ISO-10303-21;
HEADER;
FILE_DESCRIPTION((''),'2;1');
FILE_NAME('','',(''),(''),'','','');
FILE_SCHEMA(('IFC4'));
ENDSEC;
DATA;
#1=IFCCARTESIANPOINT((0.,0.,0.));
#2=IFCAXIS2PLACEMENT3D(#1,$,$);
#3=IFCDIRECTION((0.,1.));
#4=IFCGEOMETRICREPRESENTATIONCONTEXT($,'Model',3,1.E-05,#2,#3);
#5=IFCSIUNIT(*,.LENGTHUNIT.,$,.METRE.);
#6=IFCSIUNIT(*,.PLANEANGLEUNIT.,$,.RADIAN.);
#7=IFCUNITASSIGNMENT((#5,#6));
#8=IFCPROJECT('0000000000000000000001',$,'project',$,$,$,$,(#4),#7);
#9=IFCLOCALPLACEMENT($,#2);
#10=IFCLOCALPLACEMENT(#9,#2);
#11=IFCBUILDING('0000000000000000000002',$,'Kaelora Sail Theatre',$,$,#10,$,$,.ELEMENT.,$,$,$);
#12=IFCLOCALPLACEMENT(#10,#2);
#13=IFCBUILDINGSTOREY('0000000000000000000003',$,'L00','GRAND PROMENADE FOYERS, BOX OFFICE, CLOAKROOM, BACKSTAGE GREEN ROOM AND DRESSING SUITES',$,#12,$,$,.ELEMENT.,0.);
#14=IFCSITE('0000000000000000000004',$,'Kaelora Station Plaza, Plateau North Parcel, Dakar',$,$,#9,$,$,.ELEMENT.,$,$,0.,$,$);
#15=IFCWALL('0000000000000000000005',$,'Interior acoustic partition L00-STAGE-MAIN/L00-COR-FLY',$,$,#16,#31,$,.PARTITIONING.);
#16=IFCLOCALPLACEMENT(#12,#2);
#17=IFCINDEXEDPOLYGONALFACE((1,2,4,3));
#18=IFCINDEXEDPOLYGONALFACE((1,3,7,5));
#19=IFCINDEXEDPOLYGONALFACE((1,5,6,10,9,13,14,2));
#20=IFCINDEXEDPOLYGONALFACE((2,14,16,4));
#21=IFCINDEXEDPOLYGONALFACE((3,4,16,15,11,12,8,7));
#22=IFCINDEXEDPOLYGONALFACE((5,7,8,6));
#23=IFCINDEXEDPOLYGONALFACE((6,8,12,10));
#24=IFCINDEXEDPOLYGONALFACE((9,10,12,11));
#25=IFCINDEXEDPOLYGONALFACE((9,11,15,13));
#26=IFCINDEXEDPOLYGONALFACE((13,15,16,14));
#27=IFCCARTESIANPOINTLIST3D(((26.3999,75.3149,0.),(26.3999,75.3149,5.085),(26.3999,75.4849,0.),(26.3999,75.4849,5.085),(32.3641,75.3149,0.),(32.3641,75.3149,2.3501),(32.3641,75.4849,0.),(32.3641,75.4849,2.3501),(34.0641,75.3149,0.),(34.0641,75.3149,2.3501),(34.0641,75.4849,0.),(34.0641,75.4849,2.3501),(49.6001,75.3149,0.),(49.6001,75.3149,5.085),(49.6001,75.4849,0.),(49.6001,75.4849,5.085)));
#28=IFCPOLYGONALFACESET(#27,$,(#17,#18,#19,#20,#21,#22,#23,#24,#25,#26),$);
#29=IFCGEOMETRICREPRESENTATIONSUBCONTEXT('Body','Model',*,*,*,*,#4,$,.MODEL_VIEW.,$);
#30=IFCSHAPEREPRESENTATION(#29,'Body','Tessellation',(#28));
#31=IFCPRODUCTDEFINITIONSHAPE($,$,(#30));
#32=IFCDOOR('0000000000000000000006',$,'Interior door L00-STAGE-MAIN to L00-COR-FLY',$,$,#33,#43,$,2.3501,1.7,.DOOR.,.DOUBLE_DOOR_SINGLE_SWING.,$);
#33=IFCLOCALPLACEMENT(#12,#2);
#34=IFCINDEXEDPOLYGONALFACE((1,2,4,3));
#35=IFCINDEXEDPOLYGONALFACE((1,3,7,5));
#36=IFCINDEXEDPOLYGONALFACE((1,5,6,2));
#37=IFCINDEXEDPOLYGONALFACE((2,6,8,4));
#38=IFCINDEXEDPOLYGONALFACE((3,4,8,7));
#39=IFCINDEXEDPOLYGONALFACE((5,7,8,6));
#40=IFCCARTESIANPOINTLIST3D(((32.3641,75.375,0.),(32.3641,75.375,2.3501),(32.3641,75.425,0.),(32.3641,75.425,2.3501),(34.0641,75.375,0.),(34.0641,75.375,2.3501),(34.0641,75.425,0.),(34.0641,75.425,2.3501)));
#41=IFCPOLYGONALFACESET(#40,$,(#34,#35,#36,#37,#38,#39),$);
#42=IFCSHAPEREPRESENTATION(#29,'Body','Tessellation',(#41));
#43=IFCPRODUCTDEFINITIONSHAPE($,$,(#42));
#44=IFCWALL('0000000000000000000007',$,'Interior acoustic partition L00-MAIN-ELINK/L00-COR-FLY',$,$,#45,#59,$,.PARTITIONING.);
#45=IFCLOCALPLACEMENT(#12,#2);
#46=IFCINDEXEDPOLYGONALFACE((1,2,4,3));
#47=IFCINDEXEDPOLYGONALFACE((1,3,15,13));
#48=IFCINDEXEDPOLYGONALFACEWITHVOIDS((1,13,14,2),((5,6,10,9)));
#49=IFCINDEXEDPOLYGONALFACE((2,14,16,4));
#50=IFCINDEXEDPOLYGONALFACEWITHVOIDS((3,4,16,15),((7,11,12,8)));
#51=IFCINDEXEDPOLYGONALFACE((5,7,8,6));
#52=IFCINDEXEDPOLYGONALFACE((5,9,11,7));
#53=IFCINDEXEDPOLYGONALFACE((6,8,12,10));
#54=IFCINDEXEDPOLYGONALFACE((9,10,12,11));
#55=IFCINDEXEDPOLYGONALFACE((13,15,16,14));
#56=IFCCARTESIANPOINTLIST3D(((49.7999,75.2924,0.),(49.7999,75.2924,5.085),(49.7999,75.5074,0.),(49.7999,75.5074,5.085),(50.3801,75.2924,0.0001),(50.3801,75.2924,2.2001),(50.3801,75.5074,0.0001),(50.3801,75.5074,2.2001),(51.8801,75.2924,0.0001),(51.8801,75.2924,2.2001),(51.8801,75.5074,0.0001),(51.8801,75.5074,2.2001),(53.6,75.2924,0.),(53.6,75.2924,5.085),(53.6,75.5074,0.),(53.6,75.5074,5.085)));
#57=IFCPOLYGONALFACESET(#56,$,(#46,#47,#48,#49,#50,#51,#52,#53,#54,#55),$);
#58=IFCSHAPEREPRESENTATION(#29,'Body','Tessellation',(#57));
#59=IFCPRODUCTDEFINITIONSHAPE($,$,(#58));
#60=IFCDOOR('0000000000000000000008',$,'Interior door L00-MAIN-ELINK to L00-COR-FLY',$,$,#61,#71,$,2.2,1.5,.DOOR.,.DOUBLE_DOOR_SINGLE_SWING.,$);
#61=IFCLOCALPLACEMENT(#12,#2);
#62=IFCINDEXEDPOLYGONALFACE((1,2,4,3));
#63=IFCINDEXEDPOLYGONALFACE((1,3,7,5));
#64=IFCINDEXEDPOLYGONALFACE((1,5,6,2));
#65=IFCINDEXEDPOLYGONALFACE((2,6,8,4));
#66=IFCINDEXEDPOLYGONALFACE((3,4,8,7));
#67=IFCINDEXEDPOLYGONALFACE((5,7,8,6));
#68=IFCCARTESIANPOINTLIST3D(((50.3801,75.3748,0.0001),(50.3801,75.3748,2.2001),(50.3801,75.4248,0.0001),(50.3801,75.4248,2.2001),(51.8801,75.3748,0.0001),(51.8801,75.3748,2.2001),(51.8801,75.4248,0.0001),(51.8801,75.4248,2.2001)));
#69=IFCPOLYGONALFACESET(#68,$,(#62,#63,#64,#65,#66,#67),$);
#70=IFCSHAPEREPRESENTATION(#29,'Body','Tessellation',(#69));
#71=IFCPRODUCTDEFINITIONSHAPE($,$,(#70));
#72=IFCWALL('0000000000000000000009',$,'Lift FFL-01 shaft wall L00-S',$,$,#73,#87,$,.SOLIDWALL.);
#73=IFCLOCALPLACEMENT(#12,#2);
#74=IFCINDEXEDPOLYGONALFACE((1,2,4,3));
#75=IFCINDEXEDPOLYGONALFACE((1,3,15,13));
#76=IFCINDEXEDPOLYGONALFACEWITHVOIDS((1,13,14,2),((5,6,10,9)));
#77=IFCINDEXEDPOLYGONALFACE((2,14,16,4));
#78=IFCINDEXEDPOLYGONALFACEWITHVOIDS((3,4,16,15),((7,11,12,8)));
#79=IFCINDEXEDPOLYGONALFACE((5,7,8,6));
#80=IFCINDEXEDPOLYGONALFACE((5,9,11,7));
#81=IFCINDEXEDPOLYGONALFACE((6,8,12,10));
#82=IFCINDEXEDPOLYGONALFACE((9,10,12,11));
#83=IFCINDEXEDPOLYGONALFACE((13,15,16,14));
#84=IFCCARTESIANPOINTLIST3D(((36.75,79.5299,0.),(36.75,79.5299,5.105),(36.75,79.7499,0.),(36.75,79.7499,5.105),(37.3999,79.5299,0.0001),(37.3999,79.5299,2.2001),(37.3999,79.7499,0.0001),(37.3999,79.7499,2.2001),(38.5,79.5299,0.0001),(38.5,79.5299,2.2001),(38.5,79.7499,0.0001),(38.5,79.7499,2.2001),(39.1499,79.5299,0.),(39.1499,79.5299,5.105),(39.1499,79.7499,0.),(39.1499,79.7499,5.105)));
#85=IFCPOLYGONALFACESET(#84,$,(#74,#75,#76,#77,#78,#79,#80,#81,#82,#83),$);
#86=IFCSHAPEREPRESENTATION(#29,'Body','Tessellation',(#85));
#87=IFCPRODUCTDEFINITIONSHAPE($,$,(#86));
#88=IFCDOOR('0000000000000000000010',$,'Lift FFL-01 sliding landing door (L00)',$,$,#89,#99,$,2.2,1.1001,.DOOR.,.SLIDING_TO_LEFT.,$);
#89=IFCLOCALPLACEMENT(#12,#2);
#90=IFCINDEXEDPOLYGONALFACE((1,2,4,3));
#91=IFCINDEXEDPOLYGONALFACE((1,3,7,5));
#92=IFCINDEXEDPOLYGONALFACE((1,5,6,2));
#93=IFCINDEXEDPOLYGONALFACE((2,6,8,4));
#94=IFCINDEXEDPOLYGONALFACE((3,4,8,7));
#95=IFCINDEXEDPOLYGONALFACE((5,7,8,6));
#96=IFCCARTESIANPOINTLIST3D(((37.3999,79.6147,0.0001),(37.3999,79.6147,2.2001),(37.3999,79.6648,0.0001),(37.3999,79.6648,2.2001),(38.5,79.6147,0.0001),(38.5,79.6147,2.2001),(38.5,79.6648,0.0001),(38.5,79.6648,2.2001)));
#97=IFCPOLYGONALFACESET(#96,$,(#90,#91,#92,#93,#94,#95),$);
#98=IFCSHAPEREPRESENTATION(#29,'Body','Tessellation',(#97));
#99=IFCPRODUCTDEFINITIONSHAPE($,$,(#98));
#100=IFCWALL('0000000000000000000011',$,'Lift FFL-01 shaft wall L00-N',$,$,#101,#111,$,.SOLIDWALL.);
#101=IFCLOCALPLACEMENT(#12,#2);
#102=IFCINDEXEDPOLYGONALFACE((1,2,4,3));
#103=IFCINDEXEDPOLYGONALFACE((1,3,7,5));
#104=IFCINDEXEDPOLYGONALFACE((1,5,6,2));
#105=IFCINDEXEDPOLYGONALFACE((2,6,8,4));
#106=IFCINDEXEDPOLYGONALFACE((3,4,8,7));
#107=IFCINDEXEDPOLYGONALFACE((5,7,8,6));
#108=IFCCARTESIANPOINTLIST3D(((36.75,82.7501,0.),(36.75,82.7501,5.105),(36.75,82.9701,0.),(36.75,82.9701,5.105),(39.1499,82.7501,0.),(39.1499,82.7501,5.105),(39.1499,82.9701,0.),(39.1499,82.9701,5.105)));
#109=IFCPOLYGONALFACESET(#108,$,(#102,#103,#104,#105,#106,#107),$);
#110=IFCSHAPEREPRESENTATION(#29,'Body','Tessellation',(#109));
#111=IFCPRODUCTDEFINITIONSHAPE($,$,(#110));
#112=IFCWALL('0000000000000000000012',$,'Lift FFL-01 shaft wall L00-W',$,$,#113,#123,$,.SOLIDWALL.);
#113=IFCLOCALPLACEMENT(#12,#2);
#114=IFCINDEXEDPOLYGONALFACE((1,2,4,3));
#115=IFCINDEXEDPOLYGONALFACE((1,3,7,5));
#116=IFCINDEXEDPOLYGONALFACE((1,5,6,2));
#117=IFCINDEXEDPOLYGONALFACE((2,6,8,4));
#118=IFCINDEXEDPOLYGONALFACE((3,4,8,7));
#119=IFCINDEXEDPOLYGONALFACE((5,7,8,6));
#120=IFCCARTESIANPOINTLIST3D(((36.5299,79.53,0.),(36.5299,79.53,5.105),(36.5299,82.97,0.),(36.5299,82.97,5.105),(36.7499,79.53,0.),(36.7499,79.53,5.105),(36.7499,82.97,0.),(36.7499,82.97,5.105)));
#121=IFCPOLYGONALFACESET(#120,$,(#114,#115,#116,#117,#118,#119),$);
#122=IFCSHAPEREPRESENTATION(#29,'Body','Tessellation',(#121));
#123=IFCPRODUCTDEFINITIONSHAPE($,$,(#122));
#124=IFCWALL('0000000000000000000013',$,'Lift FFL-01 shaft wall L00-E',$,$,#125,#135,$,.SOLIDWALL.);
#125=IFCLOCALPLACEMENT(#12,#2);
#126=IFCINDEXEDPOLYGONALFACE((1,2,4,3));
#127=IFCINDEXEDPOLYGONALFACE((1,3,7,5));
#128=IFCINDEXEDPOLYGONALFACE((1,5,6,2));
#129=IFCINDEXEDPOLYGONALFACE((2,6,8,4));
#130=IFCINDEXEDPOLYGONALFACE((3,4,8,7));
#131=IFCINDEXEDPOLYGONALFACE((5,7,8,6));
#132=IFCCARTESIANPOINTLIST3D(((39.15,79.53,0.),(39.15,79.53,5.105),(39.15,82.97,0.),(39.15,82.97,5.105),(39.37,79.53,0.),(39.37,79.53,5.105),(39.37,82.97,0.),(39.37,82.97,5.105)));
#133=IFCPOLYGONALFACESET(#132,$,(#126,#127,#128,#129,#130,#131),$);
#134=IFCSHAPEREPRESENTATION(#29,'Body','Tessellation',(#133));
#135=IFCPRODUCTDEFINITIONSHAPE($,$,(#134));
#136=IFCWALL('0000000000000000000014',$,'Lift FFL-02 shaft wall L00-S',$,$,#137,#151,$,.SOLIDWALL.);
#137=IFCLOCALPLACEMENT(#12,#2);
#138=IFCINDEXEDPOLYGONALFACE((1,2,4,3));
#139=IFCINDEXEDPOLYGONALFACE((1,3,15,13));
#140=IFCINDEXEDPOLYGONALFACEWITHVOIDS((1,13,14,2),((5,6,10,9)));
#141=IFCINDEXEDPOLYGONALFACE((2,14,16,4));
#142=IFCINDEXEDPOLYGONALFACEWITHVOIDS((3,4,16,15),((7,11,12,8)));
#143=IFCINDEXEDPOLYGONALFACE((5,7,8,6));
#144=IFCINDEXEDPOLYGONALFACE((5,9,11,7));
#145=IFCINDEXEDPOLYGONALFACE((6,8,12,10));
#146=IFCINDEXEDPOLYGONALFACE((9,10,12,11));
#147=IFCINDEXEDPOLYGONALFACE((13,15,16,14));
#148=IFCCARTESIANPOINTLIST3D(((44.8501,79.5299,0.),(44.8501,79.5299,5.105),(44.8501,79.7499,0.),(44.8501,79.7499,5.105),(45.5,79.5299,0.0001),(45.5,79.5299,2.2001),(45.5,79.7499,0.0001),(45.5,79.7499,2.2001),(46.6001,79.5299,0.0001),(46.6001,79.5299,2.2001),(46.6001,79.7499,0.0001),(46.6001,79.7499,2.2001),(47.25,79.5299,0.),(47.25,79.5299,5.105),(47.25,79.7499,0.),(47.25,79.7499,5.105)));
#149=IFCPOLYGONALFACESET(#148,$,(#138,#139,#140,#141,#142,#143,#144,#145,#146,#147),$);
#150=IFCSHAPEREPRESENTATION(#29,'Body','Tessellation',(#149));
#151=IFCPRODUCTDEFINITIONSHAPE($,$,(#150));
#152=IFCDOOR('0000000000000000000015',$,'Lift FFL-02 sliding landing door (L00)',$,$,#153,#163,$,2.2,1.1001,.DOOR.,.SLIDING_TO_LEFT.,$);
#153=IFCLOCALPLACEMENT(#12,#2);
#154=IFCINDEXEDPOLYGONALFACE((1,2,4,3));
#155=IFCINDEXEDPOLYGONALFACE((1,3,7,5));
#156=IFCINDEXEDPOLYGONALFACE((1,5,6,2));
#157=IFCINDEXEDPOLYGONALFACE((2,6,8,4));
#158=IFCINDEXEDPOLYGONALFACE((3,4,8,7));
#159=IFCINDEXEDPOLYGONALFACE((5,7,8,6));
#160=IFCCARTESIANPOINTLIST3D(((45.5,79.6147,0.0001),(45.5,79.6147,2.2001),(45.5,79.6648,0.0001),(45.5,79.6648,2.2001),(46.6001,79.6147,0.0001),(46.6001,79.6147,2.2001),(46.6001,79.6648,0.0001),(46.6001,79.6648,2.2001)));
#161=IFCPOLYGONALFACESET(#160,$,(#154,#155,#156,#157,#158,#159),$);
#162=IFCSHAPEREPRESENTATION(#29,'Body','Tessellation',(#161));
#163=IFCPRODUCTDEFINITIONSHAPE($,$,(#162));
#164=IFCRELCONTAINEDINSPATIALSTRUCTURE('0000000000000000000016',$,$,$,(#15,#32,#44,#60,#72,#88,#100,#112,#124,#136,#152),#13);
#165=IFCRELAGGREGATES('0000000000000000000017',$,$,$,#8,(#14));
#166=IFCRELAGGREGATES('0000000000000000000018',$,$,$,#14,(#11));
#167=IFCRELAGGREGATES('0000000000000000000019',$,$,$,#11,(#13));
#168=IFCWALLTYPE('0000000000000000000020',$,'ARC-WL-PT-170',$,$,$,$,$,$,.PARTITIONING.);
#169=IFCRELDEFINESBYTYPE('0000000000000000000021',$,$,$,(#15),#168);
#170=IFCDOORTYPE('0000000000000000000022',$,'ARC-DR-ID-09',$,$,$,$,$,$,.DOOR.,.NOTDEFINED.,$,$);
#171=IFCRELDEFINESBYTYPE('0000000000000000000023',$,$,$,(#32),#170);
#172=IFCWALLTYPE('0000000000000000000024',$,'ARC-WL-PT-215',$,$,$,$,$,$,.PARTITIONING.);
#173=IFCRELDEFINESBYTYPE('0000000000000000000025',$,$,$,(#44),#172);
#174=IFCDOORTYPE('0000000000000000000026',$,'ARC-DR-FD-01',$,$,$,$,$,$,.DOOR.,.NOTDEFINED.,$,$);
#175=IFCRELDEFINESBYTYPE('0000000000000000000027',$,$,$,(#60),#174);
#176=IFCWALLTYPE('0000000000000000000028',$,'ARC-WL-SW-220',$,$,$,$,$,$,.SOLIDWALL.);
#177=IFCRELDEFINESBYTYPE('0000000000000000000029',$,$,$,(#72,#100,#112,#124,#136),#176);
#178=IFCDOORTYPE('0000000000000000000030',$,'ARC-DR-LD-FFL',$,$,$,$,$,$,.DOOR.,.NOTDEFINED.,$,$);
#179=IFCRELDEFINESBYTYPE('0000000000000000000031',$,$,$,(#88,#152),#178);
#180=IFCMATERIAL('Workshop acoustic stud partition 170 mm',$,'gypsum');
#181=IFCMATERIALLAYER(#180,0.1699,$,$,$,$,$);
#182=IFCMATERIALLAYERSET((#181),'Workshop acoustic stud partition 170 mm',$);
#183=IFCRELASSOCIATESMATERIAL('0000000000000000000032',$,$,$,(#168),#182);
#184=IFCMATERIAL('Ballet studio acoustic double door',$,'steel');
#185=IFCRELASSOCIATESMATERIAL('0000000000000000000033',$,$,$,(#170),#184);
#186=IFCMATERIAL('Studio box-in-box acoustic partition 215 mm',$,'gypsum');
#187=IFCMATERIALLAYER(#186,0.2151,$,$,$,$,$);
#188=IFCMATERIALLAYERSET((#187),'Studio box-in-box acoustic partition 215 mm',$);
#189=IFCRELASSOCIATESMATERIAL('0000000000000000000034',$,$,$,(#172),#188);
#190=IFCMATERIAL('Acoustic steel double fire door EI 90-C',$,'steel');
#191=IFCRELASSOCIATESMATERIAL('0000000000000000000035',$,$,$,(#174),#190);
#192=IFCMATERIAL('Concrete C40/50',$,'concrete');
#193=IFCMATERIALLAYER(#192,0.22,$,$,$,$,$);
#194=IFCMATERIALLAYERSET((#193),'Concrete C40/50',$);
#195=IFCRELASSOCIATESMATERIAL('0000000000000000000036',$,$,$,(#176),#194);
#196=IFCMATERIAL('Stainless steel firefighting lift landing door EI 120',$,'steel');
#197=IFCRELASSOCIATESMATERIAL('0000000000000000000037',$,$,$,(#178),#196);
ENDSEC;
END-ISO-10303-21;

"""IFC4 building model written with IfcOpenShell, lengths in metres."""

from ifc_helpers import new_model, si_unit, direction, frame, frame_2d, origin, place, context, subcontext, project, spatial, rectangle, extrude, material, layer, layer_set, type_object, element, fill, save


model = new_model("IFC4")

# Units and contexts
model_context = context("Model", 3, precision=1e-05, world=origin(), true_north=direction((0.0, 1.0)))
body_context = subcontext(model_context, "Body", "Model", "MODEL_VIEW")
ifc_project = project(units=[si_unit("LENGTHUNIT", "METRE"), si_unit("PLANEANGLEUNIT", "RADIAN")], contexts=[model_context])

# Site, building, storey
site_placement = place(None, origin())
site = spatial("IfcSite", under=ifc_project, at=site_placement, Name="Kaelora Station Plaza, Plateau North Parcel, Dakar", CompositionType="ELEMENT", RefElevation=0.0)
building_placement = place(site_placement, origin())
building = spatial("IfcBuilding", under=site, at=building_placement, Name="Kaelora Sail Theatre", CompositionType="ELEMENT")
storey_placement = place(building_placement, origin())
storey = spatial("IfcBuildingStorey", under=building, at=storey_placement, Name="L00", Description="GRAND PROMENADE FOYERS, BOX OFFICE, CLOAKROOM, BACKSTAGE GREEN ROOM AND DRESSING SUITES", CompositionType="ELEMENT", Elevation=0.0)

# Walls, openings, doors
ifc_material_1 = material(Name="Workshop acoustic stud partition 170 mm", Category="gypsum")
ifc_layer_1 = layer(ifc_material_1, 0.1699)
ifc_layer_set_1 = layer_set([ifc_layer_1], Name="Workshop acoustic stud partition 170 mm")
wall_type_1 = type_object("IfcWallType", Name="ARC-WL-PT-170", PredefinedType="PARTITIONING", material=ifc_layer_set_1)
wall_1_placement = place(storey_placement, frame((49.6001, 75.3999, 0.0), z_axis=(0.0, 0.0, 1.0), x_axis=(-1.0, 0.0, 0.0)))
wall_1 = element("IfcWall", 1, at=wall_1_placement, inside=storey, type_object=wall_type_1, Name="Interior acoustic partition L00-STAGE-MAIN/L00-COR-FLY", PredefinedType="PARTITIONING", context=body_context, shape_type="SweptSolid", body=[
    extrude(rectangle(XDim=23.2002, YDim=0.1699, at=frame_2d((11.6001, 0.0))), origin(), (0.0, 0.0, 1.0), 5.085),
])
opening_1_placement = place(wall_1_placement, frame((15.5359, 0.0, 0.0)))
opening_1 = element("IfcOpeningElement", 2, at=opening_1_placement, cuts=wall_1, PredefinedType="OPENING", context=body_context, shape_type="SweptSolid", body=[
    extrude(rectangle(XDim=1.7, YDim=2.3501, at=frame_2d((0.8501, 1.175))), frame((0.0, 0.095, 0.0), z_axis=(0.0, -1.0, 0.0), x_axis=(1.0, 0.0, 0.0)), (0.0, 0.0, 1.0), 0.1899),
])
ifc_material_2 = material(Name="Ballet studio acoustic double door", Category="steel")
door_type_1 = type_object("IfcDoorType", Name="ARC-DR-ID-09", OperationType="NOTDEFINED", PredefinedType="DOOR", material=ifc_material_2)
door_1_placement = place(opening_1_placement, origin())
door_1 = element("IfcDoor", 3, at=door_1_placement, inside=storey, type_object=door_type_1, Name="Interior door L00-STAGE-MAIN to L00-COR-FLY", OperationType="DOUBLE_DOOR_SINGLE_SWING", OverallHeight=2.3501, OverallWidth=1.7, PredefinedType="DOOR", context=body_context, shape_type="SweptSolid", body=[
    extrude(rectangle(XDim=1.7, YDim=2.3501, at=frame_2d((0.8501, 1.175))), frame((0.0, 0.0249, 0.0), z_axis=(0.0, -1.0, 0.0), x_axis=(1.0, 0.0, 0.0)), (0.0, 0.0, 1.0), 0.05),
])
fill(opening_1, door_1)
ifc_material_3 = material(Name="Studio box-in-box acoustic partition 215 mm", Category="gypsum")
ifc_layer_2 = layer(ifc_material_3, 0.2151)
ifc_layer_set_2 = layer_set([ifc_layer_2], Name="Studio box-in-box acoustic partition 215 mm")
wall_type_2 = type_object("IfcWallType", Name="ARC-WL-PT-215", PredefinedType="PARTITIONING", material=ifc_layer_set_2)
wall_2_placement = place(storey_placement, frame((49.8, 75.3999, 0.0), z_axis=(0.0, 0.0, 1.0), x_axis=(1.0, 0.0, 0.0)))
wall_2 = element("IfcWall", 4, at=wall_2_placement, inside=storey, type_object=wall_type_2, Name="Interior acoustic partition L00-MAIN-ELINK/L00-COR-FLY", PredefinedType="PARTITIONING", context=body_context, shape_type="SweptSolid", body=[
    extrude(rectangle(XDim=3.8, YDim=0.2151, at=frame_2d((1.8999, 0.0))), origin(), (0.0, 0.0, 1.0), 5.085),
])
opening_2_placement = place(wall_2_placement, frame((0.5801, 0.0, 0.0)))
opening_2 = element("IfcOpeningElement", 5, at=opening_2_placement, cuts=wall_2, PredefinedType="OPENING", context=body_context, shape_type="SweptSolid", body=[
    extrude(rectangle(XDim=1.5, YDim=2.2, at=frame_2d((0.75, 1.1001))), frame((0.0, 0.1174, 0.0), z_axis=(0.0, -1.0, 0.0), x_axis=(1.0, 0.0, 0.0)), (0.0, 0.0, 1.0), 0.2351),
])
ifc_material_4 = material(Name="Acoustic steel double fire door EI 90-C", Category="steel")
door_type_2 = type_object("IfcDoorType", Name="ARC-DR-FD-01", OperationType="NOTDEFINED", PredefinedType="DOOR", material=ifc_material_4)
door_2_placement = place(opening_2_placement, origin())
door_2 = element("IfcDoor", 6, at=door_2_placement, inside=storey, type_object=door_type_2, Name="Interior door L00-MAIN-ELINK to L00-COR-FLY", OperationType="DOUBLE_DOOR_SINGLE_SWING", OverallHeight=2.2, OverallWidth=1.5, PredefinedType="DOOR", context=body_context, shape_type="SweptSolid", body=[
    extrude(rectangle(XDim=1.5, YDim=2.2, at=frame_2d((0.75, 1.1001))), frame((0.0, 0.0249, 0.0), z_axis=(0.0, -1.0, 0.0), x_axis=(1.0, 0.0, 0.0)), (0.0, 0.0, 1.0), 0.05),
])
fill(opening_2, door_2)
ifc_material_5 = material(Name="Concrete C40/50", Category="concrete")
ifc_layer_3 = layer(ifc_material_5, 0.22)
ifc_layer_set_3 = layer_set([ifc_layer_3], Name="Concrete C40/50")
wall_type_3 = type_object("IfcWallType", Name="ARC-WL-SW-220", PredefinedType="SOLIDWALL", material=ifc_layer_set_3)
wall_3_placement = place(storey_placement, frame((36.75, 79.6399, 0.0), z_axis=(0.0, 0.0, 1.0), x_axis=(1.0, 0.0, 0.0)))
wall_3 = element("IfcWall", 7, at=wall_3_placement, inside=storey, type_object=wall_type_3, Name="Lift FFL-01 shaft wall L00-S", PredefinedType="SOLIDWALL", context=body_context, shape_type="SweptSolid", body=[
    extrude(rectangle(XDim=2.3999, YDim=0.22, at=frame_2d((1.2, 0.0))), origin(), (0.0, 0.0, 1.0), 5.105),
])
opening_3_placement = place(wall_3_placement, frame((0.6499, 0.0, 0.0)))
opening_3 = element("IfcOpeningElement", 8, at=opening_3_placement, cuts=wall_3, PredefinedType="OPENING", context=body_context, shape_type="SweptSolid", body=[
    extrude(rectangle(XDim=1.1001, YDim=2.2, at=frame_2d((0.55, 1.1001))), frame((0.0, 0.1199, 0.0), z_axis=(0.0, -1.0, 0.0), x_axis=(1.0, 0.0, 0.0)), (0.0, 0.0, 1.0), 0.24),
])
ifc_material_6 = material(Name="Stainless steel firefighting lift landing door EI 120", Category="steel")
door_type_3 = type_object("IfcDoorType", Name="ARC-DR-LD-FFL", OperationType="NOTDEFINED", PredefinedType="DOOR", material=ifc_material_6)
door_3_placement = place(opening_3_placement, origin())
door_3 = element("IfcDoor", 9, at=door_3_placement, inside=storey, type_object=door_type_3, Name="Lift FFL-01 sliding landing door (L00)", OperationType="SLIDING_TO_LEFT", OverallHeight=2.2, OverallWidth=1.1001, PredefinedType="DOOR", context=body_context, shape_type="SweptSolid", body=[
    extrude(rectangle(XDim=1.1001, YDim=2.2, at=frame_2d((0.55, 1.1001))), frame((0.0, 0.0249, 0.0), z_axis=(0.0, -1.0, 0.0), x_axis=(1.0, 0.0, 0.0)), (0.0, 0.0, 1.0), 0.05),
])
fill(opening_3, door_3)

# Walls
wall_4_placement = place(storey_placement, frame((36.75, 82.8601, 0.0), z_axis=(0.0, 0.0, 1.0), x_axis=(1.0, 0.0, 0.0)))
element("IfcWall", 10, at=wall_4_placement, inside=storey, type_object=wall_type_3, Name="Lift FFL-01 shaft wall L00-N", PredefinedType="SOLIDWALL", context=body_context, shape_type="SweptSolid", body=[
    extrude(rectangle(XDim=2.3999, YDim=0.22, at=frame_2d((1.2, 0.0))), origin(), (0.0, 0.0, 1.0), 5.105),
])
for number, where, z_axis, x_axis, name in (
    (11, (36.6399, 79.53, 0.0), (0.0, 0.0, 1.0), (0.0, 1.0, 0.0), "Lift FFL-01 shaft wall L00-W"),
    (12, (39.26, 79.53, 0.0), (0.0, 0.0, 1.0), (0.0, 1.0, 0.0), "Lift FFL-01 shaft wall L00-E"),
):
    element("IfcWall", number, at=place(storey_placement, frame(where, z_axis=z_axis, x_axis=x_axis)), inside=storey, type_object=wall_type_3, Name=name, PredefinedType="SOLIDWALL", context=body_context, shape_type="SweptSolid", body=[
        extrude(rectangle(XDim=3.4399, YDim=0.22, at=frame_2d((1.72, 0.0))), origin(), (0.0, 0.0, 1.0), 5.105),
    ])

# Wall, opening, door
wall_5_placement = place(storey_placement, frame((44.8501, 79.6399, 0.0), z_axis=(0.0, 0.0, 1.0), x_axis=(1.0, 0.0, 0.0)))
wall_5 = element("IfcWall", 13, at=wall_5_placement, inside=storey, type_object=wall_type_3, Name="Lift FFL-02 shaft wall L00-S", PredefinedType="SOLIDWALL", context=body_context, shape_type="SweptSolid", body=[
    extrude(rectangle(XDim=2.3999, YDim=0.22, at=frame_2d((1.2, 0.0))), origin(), (0.0, 0.0, 1.0), 5.105),
])
opening_4_placement = place(wall_5_placement, frame((0.6499, 0.0, 0.0)))
opening_4 = element("IfcOpeningElement", 14, at=opening_4_placement, cuts=wall_5, PredefinedType="OPENING", context=body_context, shape_type="SweptSolid", body=[
    extrude(rectangle(XDim=1.1001, YDim=2.2, at=frame_2d((0.55, 1.1001))), frame((0.0, 0.1199, 0.0), z_axis=(0.0, -1.0, 0.0), x_axis=(1.0, 0.0, 0.0)), (0.0, 0.0, 1.0), 0.24),
])
door_4_placement = place(opening_4_placement, origin())
door_4 = element("IfcDoor", 15, at=door_4_placement, inside=storey, type_object=door_type_3, Name="Lift FFL-02 sliding landing door (L00)", OperationType="SLIDING_TO_LEFT", OverallHeight=2.2, OverallWidth=1.1001, PredefinedType="DOOR", context=body_context, shape_type="SweptSolid", body=[
    extrude(rectangle(XDim=1.1001, YDim=2.2, at=frame_2d((0.55, 1.1001))), frame((0.0, 0.0249, 0.0), z_axis=(0.0, -1.0, 0.0), x_axis=(1.0, 0.0, 0.0)), (0.0, 0.0, 1.0), 0.05),
])
fill(opening_4, door_4)

save(model, "model.ifc")
